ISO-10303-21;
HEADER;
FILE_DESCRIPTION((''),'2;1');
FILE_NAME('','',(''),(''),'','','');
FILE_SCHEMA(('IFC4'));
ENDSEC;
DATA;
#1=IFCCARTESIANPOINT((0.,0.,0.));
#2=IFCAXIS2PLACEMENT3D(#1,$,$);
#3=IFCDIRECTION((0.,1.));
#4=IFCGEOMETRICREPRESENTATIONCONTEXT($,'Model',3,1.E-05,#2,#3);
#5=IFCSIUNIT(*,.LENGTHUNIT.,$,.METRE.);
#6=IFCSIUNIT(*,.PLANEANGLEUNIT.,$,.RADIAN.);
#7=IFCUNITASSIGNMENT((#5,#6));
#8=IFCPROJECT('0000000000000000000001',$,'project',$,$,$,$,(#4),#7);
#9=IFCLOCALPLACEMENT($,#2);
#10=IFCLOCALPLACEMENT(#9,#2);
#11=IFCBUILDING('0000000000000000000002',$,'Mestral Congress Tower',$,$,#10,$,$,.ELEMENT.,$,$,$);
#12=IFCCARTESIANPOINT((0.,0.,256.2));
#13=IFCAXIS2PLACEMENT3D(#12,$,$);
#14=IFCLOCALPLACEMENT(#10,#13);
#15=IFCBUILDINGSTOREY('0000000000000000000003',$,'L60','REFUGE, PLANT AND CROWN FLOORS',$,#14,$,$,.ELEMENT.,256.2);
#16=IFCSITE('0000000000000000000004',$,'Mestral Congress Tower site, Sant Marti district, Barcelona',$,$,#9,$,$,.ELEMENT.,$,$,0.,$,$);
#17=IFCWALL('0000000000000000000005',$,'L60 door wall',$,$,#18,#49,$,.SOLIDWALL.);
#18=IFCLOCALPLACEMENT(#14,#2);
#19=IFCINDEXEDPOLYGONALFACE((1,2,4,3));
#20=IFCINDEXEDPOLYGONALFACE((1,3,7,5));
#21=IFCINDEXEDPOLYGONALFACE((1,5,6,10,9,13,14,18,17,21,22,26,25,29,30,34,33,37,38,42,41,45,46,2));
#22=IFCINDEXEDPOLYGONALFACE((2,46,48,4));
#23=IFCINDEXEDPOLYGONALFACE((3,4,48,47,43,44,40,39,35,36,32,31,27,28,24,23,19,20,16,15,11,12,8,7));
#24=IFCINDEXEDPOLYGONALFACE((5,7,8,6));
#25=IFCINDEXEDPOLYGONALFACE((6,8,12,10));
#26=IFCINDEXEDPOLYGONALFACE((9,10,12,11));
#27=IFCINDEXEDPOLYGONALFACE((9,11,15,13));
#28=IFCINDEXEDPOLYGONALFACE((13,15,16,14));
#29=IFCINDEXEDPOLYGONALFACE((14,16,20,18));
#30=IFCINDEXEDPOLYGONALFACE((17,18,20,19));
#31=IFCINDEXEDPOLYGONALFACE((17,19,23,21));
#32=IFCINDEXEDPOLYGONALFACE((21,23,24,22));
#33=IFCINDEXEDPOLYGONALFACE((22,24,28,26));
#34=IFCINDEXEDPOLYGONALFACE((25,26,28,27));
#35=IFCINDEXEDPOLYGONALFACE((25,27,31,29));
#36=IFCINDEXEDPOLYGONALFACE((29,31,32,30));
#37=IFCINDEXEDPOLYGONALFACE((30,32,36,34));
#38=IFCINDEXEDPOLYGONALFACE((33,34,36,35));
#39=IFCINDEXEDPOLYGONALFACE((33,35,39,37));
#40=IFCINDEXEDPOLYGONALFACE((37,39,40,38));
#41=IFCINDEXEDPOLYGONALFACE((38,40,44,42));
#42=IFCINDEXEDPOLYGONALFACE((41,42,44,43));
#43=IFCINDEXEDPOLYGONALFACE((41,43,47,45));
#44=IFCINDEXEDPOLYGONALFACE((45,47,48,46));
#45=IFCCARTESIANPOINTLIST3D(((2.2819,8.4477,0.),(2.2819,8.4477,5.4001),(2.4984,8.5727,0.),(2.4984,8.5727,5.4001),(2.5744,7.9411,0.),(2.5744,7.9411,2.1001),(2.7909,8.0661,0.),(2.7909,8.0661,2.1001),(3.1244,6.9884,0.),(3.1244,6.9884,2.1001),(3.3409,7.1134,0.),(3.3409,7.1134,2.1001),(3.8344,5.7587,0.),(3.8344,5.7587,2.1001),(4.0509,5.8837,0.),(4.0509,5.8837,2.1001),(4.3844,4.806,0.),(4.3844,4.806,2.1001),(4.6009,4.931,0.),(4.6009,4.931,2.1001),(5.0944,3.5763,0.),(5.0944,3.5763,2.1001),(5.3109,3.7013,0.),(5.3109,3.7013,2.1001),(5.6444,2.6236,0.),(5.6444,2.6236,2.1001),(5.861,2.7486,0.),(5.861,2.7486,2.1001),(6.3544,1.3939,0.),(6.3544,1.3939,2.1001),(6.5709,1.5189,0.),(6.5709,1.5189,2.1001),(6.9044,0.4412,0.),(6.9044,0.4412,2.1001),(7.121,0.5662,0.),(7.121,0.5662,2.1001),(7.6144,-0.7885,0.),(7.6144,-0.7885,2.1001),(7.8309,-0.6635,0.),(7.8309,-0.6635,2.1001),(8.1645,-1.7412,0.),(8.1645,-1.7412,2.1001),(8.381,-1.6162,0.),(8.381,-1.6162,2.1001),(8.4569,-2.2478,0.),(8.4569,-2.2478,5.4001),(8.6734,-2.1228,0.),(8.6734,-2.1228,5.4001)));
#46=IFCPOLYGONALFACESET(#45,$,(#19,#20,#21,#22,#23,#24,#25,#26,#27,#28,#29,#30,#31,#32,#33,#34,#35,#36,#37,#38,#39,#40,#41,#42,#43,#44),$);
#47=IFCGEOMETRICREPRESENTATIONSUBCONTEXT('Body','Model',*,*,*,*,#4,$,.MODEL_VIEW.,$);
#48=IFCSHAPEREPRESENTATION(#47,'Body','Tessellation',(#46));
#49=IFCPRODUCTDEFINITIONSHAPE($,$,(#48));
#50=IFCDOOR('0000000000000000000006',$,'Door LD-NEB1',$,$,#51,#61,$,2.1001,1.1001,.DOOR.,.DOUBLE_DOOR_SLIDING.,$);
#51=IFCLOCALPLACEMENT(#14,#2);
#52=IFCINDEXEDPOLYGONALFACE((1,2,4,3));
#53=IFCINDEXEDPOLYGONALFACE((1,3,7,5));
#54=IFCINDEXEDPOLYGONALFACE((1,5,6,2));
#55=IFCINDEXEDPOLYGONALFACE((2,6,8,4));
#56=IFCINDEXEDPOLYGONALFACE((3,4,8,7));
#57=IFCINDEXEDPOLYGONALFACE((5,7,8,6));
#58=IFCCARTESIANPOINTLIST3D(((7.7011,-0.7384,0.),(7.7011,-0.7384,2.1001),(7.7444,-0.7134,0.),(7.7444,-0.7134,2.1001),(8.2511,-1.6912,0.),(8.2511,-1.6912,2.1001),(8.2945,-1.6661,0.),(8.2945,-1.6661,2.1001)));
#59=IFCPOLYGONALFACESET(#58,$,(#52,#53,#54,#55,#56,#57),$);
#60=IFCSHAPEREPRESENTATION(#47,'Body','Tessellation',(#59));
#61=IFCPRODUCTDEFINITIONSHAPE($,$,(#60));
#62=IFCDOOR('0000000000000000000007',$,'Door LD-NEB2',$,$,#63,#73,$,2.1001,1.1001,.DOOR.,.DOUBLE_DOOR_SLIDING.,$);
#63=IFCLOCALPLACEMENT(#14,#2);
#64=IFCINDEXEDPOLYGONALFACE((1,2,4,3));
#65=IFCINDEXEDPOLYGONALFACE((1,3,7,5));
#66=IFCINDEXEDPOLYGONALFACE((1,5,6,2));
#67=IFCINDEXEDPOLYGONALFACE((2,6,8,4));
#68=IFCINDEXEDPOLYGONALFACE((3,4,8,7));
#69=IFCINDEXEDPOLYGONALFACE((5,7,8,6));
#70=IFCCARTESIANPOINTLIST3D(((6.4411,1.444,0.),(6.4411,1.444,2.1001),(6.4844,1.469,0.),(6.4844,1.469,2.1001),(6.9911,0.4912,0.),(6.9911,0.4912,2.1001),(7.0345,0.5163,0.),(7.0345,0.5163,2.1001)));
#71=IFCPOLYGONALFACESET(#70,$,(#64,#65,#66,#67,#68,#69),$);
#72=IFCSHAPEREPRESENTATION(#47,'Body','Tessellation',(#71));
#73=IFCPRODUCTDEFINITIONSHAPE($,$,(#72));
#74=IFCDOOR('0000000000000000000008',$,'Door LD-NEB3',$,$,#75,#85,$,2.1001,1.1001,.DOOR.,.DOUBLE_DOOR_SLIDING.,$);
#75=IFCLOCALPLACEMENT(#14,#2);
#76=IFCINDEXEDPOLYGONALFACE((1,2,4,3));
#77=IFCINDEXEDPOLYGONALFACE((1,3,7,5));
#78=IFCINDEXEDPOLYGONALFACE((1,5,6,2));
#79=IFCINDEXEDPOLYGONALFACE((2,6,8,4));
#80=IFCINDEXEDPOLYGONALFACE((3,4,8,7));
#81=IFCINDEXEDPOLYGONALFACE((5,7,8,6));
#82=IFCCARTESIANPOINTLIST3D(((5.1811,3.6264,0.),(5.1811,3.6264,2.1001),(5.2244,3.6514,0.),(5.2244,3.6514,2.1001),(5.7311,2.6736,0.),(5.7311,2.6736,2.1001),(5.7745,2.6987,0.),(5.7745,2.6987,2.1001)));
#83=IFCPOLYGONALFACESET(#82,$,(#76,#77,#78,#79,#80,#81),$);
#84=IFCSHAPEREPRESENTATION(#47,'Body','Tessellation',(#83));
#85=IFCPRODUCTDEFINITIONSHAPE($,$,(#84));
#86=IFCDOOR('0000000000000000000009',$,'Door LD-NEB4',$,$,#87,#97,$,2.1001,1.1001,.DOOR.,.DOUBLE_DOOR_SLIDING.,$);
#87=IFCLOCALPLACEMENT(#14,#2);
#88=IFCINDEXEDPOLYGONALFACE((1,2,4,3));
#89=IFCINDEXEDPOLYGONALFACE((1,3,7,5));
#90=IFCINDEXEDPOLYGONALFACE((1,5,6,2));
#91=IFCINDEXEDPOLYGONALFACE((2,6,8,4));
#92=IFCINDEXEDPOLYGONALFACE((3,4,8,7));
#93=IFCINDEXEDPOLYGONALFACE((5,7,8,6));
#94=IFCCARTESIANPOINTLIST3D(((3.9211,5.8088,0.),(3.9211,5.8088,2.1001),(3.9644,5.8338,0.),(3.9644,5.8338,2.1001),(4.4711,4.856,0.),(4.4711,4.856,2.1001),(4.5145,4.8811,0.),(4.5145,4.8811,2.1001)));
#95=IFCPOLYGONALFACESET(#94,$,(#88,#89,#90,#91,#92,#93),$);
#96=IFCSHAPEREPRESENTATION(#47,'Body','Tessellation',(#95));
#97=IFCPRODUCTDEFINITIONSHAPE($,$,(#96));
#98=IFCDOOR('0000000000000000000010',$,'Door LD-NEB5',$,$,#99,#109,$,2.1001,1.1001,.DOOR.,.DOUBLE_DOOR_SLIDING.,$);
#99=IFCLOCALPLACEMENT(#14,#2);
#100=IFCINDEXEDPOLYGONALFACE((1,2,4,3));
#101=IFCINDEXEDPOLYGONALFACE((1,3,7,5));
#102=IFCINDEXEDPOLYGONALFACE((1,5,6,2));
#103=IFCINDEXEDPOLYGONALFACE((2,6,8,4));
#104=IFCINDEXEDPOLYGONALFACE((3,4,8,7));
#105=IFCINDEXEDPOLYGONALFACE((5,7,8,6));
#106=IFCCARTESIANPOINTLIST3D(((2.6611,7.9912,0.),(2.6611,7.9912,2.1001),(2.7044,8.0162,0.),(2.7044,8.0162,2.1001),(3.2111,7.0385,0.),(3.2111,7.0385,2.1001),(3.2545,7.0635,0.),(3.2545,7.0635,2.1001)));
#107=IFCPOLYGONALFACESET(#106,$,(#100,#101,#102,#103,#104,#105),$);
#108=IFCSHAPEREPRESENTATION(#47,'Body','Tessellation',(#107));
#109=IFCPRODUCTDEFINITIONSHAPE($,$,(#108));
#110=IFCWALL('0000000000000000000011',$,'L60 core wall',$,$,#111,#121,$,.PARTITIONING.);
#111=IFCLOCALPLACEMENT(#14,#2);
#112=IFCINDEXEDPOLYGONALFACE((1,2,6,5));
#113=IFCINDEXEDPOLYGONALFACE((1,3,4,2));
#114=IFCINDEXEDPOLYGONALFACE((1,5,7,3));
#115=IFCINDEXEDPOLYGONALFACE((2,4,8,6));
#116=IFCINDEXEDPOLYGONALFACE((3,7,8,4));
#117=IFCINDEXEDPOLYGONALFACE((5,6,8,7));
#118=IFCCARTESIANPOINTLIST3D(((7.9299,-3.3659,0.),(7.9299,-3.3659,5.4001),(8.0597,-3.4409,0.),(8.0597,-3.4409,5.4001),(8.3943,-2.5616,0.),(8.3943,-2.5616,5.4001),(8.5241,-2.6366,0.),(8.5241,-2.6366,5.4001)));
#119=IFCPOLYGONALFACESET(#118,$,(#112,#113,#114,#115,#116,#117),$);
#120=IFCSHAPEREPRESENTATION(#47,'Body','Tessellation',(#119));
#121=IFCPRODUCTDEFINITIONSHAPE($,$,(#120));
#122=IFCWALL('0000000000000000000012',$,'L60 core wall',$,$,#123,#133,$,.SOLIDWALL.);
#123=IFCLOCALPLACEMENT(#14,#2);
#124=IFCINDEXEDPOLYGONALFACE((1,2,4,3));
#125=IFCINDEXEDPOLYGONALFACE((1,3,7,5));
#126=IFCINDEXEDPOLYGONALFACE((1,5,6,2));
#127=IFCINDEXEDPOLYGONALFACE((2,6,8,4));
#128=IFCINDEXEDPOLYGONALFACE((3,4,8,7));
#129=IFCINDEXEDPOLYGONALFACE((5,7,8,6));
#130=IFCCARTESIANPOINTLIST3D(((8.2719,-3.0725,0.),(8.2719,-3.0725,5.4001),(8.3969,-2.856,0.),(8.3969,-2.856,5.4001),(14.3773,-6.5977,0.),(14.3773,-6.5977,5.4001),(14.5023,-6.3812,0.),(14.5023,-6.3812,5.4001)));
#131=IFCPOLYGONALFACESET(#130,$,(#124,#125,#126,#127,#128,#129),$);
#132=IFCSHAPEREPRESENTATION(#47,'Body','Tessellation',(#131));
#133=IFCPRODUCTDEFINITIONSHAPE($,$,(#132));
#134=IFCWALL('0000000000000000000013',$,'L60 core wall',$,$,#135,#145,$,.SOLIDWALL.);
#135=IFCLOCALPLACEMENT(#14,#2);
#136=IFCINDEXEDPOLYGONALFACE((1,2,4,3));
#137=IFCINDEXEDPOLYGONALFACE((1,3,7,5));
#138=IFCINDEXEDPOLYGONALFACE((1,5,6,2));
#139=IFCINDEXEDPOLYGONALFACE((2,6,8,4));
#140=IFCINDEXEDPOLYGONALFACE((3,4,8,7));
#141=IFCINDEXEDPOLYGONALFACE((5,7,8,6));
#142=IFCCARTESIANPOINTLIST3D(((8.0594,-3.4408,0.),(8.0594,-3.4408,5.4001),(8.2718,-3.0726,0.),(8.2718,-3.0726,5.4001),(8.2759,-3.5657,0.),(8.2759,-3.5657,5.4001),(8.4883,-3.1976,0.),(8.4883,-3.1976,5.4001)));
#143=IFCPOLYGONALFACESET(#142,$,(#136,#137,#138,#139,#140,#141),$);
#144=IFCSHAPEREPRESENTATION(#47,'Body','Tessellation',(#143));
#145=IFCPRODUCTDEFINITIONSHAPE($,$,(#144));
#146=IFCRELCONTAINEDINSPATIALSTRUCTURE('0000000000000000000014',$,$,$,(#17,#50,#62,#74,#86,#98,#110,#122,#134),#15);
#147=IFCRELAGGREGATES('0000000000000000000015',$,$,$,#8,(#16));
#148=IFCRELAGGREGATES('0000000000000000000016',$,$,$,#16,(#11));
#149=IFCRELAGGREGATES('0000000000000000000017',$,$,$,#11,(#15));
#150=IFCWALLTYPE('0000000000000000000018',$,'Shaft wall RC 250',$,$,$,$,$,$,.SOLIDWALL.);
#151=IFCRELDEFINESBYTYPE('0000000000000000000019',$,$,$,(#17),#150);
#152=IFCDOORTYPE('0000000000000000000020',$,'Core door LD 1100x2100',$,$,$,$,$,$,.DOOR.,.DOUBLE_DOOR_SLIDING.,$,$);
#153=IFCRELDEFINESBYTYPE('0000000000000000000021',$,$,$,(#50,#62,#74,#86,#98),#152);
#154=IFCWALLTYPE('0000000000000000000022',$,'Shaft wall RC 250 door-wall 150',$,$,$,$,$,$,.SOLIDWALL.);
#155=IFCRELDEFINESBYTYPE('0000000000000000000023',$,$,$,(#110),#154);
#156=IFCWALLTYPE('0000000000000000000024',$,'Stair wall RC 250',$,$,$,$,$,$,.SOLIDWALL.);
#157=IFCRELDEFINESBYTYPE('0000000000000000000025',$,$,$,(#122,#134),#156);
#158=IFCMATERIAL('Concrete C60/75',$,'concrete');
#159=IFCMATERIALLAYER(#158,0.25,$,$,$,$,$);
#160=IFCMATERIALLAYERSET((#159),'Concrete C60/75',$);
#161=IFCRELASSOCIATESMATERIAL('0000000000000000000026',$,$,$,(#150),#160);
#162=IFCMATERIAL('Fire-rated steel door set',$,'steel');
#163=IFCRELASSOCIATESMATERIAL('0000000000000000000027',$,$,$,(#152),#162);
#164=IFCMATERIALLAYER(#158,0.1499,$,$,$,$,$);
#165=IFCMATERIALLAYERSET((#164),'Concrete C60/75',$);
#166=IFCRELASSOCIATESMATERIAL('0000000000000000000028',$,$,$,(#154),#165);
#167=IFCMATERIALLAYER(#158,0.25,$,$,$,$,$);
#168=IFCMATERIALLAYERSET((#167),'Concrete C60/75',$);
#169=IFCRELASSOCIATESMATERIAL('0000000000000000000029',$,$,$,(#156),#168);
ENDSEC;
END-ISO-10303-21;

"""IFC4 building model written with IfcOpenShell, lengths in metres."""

from ifc_helpers import new_model, si_unit, direction, frame, frame_2d, origin, place, context, subcontext, project, spatial, rectangle, extrude, material, layer, layer_set, type_object, element, fill, save


model = new_model("IFC4")

# Units and contexts
model_context = context("Model", 3, precision=1e-05, world=origin(), true_north=direction((0.0, 1.0)))
body_context = subcontext(model_context, "Body", "Model", "MODEL_VIEW")
ifc_project = project(units=[si_unit("LENGTHUNIT", "METRE"), si_unit("PLANEANGLEUNIT", "RADIAN")], contexts=[model_context])

# Site, building, storey
site_placement = place(None, origin())
site = spatial("IfcSite", under=ifc_project, at=site_placement, Name="Mestral Congress Tower site, Sant Marti district, Barcelona", CompositionType="ELEMENT", RefElevation=0.0)
building_placement = place(site_placement, origin())
building = spatial("IfcBuilding", under=site, at=building_placement, Name="Mestral Congress Tower", CompositionType="ELEMENT")
storey_placement = place(building_placement, frame((0.0, 0.0, 256.2)))
storey = spatial("IfcBuildingStorey", under=building, at=storey_placement, Name="L60", Description="REFUGE, PLANT AND CROWN FLOORS", CompositionType="ELEMENT", Elevation=256.2)

# Shared definitions
ifc_material_1 = material(Name="Concrete C60/75", Category="concrete")
ifc_layer_1 = layer(ifc_material_1, 0.25)
ifc_layer_set_1 = layer_set([ifc_layer_1], Name="Concrete C60/75")
wall_type_1 = type_object("IfcWallType", Name="Shaft wall RC 250", PredefinedType="SOLIDWALL", material=ifc_layer_set_1)

# Wall, openings, doors
wall_1_placement = place(storey_placement, frame((8.5652, -2.1853, 0.0), z_axis=(0.0, 0.0, 1.0), x_axis=(-0.499998, 0.866027, 0.0)))
wall_1 = element("IfcWall", 1, at=wall_1_placement, inside=storey, type_object=wall_type_1, Name="L60 door wall", PredefinedType="SOLIDWALL", context=body_context, shape_type="SweptSolid", body=[
    extrude(rectangle(XDim=12.3501, YDim=0.25, at=frame_2d((6.175, 0.0))), origin(), (0.0, 0.0, 1.0), 5.4001),
])
opening_1_placement = place(wall_1_placement, frame((0.585, 0.0, 0.0)))
opening_1 = element("IfcOpeningElement", 2, at=opening_1_placement, cuts=wall_1, PredefinedType="OPENING", context=body_context, shape_type="SweptSolid", body=[
    extrude(rectangle(XDim=1.1001, YDim=2.1001, at=frame_2d((0.55, 1.05))), frame((0.0, 0.135, 0.0), z_axis=(0.0, -1.0, 0.0), x_axis=(1.0, 0.0, 0.0)), (0.0, 0.0, 1.0), 0.27),
])
opening_2_placement = place(wall_1_placement, frame((3.105, 0.0, 0.0)))
opening_2 = element("IfcOpeningElement", 3, at=opening_2_placement, cuts=wall_1, PredefinedType="OPENING", context=body_context, shape_type="SweptSolid", body=[
    extrude(rectangle(XDim=1.1001, YDim=2.1001, at=frame_2d((0.55, 1.05))), frame((0.0, 0.135, 0.0), z_axis=(0.0, -1.0, 0.0), x_axis=(1.0, 0.0, 0.0)), (0.0, 0.0, 1.0), 0.27),
])
opening_3_placement = place(wall_1_placement, frame((5.625, 0.0, 0.0)))
opening_3 = element("IfcOpeningElement", 4, at=opening_3_placement, cuts=wall_1, PredefinedType="OPENING", context=body_context, shape_type="SweptSolid", body=[
    extrude(rectangle(XDim=1.1001, YDim=2.1001, at=frame_2d((0.55, 1.05))), frame((0.0, 0.135, 0.0), z_axis=(0.0, -1.0, 0.0), x_axis=(1.0, 0.0, 0.0)), (0.0, 0.0, 1.0), 0.27),
])
opening_4_placement = place(wall_1_placement, frame((8.145, 0.0, 0.0)))
opening_4 = element("IfcOpeningElement", 5, at=opening_4_placement, cuts=wall_1, PredefinedType="OPENING", context=body_context, shape_type="SweptSolid", body=[
    extrude(rectangle(XDim=1.1001, YDim=2.1001, at=frame_2d((0.55, 1.05))), frame((0.0, 0.135, 0.0), z_axis=(0.0, -1.0, 0.0), x_axis=(1.0, 0.0, 0.0)), (0.0, 0.0, 1.0), 0.27),
])
opening_5_placement = place(wall_1_placement, frame((10.665, 0.0, 0.0)))
opening_5 = element("IfcOpeningElement", 6, at=opening_5_placement, cuts=wall_1, PredefinedType="OPENING", context=body_context, shape_type="SweptSolid", body=[
    extrude(rectangle(XDim=1.1001, YDim=2.1001, at=frame_2d((0.55, 1.05))), frame((0.0, 0.135, 0.0), z_axis=(0.0, -1.0, 0.0), x_axis=(1.0, 0.0, 0.0)), (0.0, 0.0, 1.0), 0.27),
])
ifc_material_2 = material(Name="Fire-rated steel door set", Category="steel")
door_type_1 = type_object("IfcDoorType", Name="Core door LD 1100x2100", OperationType="DOUBLE_DOOR_SLIDING", PredefinedType="DOOR", material=ifc_material_2)
door_1_placement = place(opening_1_placement, origin())
door_1 = element("IfcDoor", 7, at=door_1_placement, inside=storey, type_object=door_type_1, Name="Door LD-NEB1", OperationType="DOUBLE_DOOR_SLIDING", OverallHeight=2.1001, OverallWidth=1.1001, PredefinedType="DOOR", context=body_context, shape_type="SweptSolid", body=[
    extrude(rectangle(XDim=1.1001, YDim=2.1001, at=frame_2d((0.55, 1.05))), frame((0.0, 0.0249, 0.0), z_axis=(0.0, -1.0, 0.0), x_axis=(1.0, 0.0, 0.0)), (0.0, 0.0, 1.0), 0.05),
])
fill(opening_1, door_1)
door_2_placement = place(opening_2_placement, origin())
door_2 = element("IfcDoor", 8, at=door_2_placement, inside=storey, type_object=door_type_1, Name="Door LD-NEB2", OperationType="DOUBLE_DOOR_SLIDING", OverallHeight=2.1001, OverallWidth=1.1001, PredefinedType="DOOR", context=body_context, shape_type="SweptSolid", body=[
    extrude(rectangle(XDim=1.1001, YDim=2.1001, at=frame_2d((0.55, 1.05))), frame((0.0, 0.0249, 0.0), z_axis=(0.0, -1.0, 0.0), x_axis=(1.0, 0.0, 0.0)), (0.0, 0.0, 1.0), 0.05),
])
fill(opening_2, door_2)
door_3_placement = place(opening_3_placement, origin())
door_3 = element("IfcDoor", 9, at=door_3_placement, inside=storey, type_object=door_type_1, Name="Door LD-NEB3", OperationType="DOUBLE_DOOR_SLIDING", OverallHeight=2.1001, OverallWidth=1.1001, PredefinedType="DOOR", context=body_context, shape_type="SweptSolid", body=[
    extrude(rectangle(XDim=1.1001, YDim=2.1001, at=frame_2d((0.55, 1.05))), frame((0.0, 0.0249, 0.0), z_axis=(0.0, -1.0, 0.0), x_axis=(1.0, 0.0, 0.0)), (0.0, 0.0, 1.0), 0.05),
])
fill(opening_3, door_3)
door_4_placement = place(opening_4_placement, origin())
door_4 = element("IfcDoor", 10, at=door_4_placement, inside=storey, type_object=door_type_1, Name="Door LD-NEB4", OperationType="DOUBLE_DOOR_SLIDING", OverallHeight=2.1001, OverallWidth=1.1001, PredefinedType="DOOR", context=body_context, shape_type="SweptSolid", body=[
    extrude(rectangle(XDim=1.1001, YDim=2.1001, at=frame_2d((0.55, 1.05))), frame((0.0, 0.0249, 0.0), z_axis=(0.0, -1.0, 0.0), x_axis=(1.0, 0.0, 0.0)), (0.0, 0.0, 1.0), 0.05),
])
fill(opening_4, door_4)
door_5_placement = place(opening_5_placement, origin())
door_5 = element("IfcDoor", 11, at=door_5_placement, inside=storey, type_object=door_type_1, Name="Door LD-NEB5", OperationType="DOUBLE_DOOR_SLIDING", OverallHeight=2.1001, OverallWidth=1.1001, PredefinedType="DOOR", context=body_context, shape_type="SweptSolid", body=[
    extrude(rectangle(XDim=1.1001, YDim=2.1001, at=frame_2d((0.55, 1.05))), frame((0.0, 0.0249, 0.0), z_axis=(0.0, -1.0, 0.0), x_axis=(1.0, 0.0, 0.0)), (0.0, 0.0, 1.0), 0.05),
])
fill(opening_5, door_5)

# Walls
ifc_layer_2 = layer(ifc_material_1, 0.1499)
ifc_layer_set_2 = layer_set([ifc_layer_2], Name="Concrete C60/75")
wall_type_2 = type_object("IfcWallType", Name="Shaft wall RC 250 door-wall 150", PredefinedType="SOLIDWALL", material=ifc_layer_set_2)
wall_2_placement = place(storey_placement, frame((8.4592, -2.5991, 0.0), z_axis=(0.0, 0.0, 1.0), x_axis=(-0.500041, -0.866002, 0.0)))
element("IfcWall", 12, at=wall_2_placement, inside=storey, type_object=wall_type_2, Name="L60 core wall", PredefinedType="PARTITIONING", context=body_context, shape_type="SweptSolid", body=[
    extrude(rectangle(XDim=0.9287, YDim=0.1499, at=frame_2d((0.4644, 0.0))), origin(), (0.0, 0.0, 1.0), 5.4001),
])
ifc_layer_3 = layer(ifc_material_1, 0.25)
ifc_layer_set_3 = layer_set([ifc_layer_3], Name="Concrete C60/75")
wall_type_3 = type_object("IfcWallType", Name="Stair wall RC 250", PredefinedType="SOLIDWALL", material=ifc_layer_set_3)
wall_3_placement = place(storey_placement, frame((8.3345, -2.9644, 0.0), z_axis=(0.0, 0.0, 1.0), x_axis=(0.866016, -0.500016, 0.0)))
element("IfcWall", 13, at=wall_3_placement, inside=storey, type_object=wall_type_3, Name="L60 core wall", PredefinedType="SOLIDWALL", context=body_context, shape_type="SweptSolid", body=[
    extrude(rectangle(XDim=7.05, YDim=0.25, at=frame_2d((3.5249, 0.0))), origin(), (0.0, 0.0, 1.0), 5.4001),
])
wall_4_placement = place(storey_placement, frame((8.1677, -3.5032, 0.0), z_axis=(0.0, 0.0, 1.0), x_axis=(0.499722, 0.866186, 0.0)))
element("IfcWall", 14, at=wall_4_placement, inside=storey, type_object=wall_type_3, Name="L60 core wall", PredefinedType="SOLIDWALL", context=body_context, shape_type="SweptSolid", body=[
    extrude(rectangle(XDim=0.425, YDim=0.25, at=frame_2d((0.2124, 0.0))), origin(), (0.0, 0.0, 1.0), 5.4001),
])

save(model, "model.ifc")
